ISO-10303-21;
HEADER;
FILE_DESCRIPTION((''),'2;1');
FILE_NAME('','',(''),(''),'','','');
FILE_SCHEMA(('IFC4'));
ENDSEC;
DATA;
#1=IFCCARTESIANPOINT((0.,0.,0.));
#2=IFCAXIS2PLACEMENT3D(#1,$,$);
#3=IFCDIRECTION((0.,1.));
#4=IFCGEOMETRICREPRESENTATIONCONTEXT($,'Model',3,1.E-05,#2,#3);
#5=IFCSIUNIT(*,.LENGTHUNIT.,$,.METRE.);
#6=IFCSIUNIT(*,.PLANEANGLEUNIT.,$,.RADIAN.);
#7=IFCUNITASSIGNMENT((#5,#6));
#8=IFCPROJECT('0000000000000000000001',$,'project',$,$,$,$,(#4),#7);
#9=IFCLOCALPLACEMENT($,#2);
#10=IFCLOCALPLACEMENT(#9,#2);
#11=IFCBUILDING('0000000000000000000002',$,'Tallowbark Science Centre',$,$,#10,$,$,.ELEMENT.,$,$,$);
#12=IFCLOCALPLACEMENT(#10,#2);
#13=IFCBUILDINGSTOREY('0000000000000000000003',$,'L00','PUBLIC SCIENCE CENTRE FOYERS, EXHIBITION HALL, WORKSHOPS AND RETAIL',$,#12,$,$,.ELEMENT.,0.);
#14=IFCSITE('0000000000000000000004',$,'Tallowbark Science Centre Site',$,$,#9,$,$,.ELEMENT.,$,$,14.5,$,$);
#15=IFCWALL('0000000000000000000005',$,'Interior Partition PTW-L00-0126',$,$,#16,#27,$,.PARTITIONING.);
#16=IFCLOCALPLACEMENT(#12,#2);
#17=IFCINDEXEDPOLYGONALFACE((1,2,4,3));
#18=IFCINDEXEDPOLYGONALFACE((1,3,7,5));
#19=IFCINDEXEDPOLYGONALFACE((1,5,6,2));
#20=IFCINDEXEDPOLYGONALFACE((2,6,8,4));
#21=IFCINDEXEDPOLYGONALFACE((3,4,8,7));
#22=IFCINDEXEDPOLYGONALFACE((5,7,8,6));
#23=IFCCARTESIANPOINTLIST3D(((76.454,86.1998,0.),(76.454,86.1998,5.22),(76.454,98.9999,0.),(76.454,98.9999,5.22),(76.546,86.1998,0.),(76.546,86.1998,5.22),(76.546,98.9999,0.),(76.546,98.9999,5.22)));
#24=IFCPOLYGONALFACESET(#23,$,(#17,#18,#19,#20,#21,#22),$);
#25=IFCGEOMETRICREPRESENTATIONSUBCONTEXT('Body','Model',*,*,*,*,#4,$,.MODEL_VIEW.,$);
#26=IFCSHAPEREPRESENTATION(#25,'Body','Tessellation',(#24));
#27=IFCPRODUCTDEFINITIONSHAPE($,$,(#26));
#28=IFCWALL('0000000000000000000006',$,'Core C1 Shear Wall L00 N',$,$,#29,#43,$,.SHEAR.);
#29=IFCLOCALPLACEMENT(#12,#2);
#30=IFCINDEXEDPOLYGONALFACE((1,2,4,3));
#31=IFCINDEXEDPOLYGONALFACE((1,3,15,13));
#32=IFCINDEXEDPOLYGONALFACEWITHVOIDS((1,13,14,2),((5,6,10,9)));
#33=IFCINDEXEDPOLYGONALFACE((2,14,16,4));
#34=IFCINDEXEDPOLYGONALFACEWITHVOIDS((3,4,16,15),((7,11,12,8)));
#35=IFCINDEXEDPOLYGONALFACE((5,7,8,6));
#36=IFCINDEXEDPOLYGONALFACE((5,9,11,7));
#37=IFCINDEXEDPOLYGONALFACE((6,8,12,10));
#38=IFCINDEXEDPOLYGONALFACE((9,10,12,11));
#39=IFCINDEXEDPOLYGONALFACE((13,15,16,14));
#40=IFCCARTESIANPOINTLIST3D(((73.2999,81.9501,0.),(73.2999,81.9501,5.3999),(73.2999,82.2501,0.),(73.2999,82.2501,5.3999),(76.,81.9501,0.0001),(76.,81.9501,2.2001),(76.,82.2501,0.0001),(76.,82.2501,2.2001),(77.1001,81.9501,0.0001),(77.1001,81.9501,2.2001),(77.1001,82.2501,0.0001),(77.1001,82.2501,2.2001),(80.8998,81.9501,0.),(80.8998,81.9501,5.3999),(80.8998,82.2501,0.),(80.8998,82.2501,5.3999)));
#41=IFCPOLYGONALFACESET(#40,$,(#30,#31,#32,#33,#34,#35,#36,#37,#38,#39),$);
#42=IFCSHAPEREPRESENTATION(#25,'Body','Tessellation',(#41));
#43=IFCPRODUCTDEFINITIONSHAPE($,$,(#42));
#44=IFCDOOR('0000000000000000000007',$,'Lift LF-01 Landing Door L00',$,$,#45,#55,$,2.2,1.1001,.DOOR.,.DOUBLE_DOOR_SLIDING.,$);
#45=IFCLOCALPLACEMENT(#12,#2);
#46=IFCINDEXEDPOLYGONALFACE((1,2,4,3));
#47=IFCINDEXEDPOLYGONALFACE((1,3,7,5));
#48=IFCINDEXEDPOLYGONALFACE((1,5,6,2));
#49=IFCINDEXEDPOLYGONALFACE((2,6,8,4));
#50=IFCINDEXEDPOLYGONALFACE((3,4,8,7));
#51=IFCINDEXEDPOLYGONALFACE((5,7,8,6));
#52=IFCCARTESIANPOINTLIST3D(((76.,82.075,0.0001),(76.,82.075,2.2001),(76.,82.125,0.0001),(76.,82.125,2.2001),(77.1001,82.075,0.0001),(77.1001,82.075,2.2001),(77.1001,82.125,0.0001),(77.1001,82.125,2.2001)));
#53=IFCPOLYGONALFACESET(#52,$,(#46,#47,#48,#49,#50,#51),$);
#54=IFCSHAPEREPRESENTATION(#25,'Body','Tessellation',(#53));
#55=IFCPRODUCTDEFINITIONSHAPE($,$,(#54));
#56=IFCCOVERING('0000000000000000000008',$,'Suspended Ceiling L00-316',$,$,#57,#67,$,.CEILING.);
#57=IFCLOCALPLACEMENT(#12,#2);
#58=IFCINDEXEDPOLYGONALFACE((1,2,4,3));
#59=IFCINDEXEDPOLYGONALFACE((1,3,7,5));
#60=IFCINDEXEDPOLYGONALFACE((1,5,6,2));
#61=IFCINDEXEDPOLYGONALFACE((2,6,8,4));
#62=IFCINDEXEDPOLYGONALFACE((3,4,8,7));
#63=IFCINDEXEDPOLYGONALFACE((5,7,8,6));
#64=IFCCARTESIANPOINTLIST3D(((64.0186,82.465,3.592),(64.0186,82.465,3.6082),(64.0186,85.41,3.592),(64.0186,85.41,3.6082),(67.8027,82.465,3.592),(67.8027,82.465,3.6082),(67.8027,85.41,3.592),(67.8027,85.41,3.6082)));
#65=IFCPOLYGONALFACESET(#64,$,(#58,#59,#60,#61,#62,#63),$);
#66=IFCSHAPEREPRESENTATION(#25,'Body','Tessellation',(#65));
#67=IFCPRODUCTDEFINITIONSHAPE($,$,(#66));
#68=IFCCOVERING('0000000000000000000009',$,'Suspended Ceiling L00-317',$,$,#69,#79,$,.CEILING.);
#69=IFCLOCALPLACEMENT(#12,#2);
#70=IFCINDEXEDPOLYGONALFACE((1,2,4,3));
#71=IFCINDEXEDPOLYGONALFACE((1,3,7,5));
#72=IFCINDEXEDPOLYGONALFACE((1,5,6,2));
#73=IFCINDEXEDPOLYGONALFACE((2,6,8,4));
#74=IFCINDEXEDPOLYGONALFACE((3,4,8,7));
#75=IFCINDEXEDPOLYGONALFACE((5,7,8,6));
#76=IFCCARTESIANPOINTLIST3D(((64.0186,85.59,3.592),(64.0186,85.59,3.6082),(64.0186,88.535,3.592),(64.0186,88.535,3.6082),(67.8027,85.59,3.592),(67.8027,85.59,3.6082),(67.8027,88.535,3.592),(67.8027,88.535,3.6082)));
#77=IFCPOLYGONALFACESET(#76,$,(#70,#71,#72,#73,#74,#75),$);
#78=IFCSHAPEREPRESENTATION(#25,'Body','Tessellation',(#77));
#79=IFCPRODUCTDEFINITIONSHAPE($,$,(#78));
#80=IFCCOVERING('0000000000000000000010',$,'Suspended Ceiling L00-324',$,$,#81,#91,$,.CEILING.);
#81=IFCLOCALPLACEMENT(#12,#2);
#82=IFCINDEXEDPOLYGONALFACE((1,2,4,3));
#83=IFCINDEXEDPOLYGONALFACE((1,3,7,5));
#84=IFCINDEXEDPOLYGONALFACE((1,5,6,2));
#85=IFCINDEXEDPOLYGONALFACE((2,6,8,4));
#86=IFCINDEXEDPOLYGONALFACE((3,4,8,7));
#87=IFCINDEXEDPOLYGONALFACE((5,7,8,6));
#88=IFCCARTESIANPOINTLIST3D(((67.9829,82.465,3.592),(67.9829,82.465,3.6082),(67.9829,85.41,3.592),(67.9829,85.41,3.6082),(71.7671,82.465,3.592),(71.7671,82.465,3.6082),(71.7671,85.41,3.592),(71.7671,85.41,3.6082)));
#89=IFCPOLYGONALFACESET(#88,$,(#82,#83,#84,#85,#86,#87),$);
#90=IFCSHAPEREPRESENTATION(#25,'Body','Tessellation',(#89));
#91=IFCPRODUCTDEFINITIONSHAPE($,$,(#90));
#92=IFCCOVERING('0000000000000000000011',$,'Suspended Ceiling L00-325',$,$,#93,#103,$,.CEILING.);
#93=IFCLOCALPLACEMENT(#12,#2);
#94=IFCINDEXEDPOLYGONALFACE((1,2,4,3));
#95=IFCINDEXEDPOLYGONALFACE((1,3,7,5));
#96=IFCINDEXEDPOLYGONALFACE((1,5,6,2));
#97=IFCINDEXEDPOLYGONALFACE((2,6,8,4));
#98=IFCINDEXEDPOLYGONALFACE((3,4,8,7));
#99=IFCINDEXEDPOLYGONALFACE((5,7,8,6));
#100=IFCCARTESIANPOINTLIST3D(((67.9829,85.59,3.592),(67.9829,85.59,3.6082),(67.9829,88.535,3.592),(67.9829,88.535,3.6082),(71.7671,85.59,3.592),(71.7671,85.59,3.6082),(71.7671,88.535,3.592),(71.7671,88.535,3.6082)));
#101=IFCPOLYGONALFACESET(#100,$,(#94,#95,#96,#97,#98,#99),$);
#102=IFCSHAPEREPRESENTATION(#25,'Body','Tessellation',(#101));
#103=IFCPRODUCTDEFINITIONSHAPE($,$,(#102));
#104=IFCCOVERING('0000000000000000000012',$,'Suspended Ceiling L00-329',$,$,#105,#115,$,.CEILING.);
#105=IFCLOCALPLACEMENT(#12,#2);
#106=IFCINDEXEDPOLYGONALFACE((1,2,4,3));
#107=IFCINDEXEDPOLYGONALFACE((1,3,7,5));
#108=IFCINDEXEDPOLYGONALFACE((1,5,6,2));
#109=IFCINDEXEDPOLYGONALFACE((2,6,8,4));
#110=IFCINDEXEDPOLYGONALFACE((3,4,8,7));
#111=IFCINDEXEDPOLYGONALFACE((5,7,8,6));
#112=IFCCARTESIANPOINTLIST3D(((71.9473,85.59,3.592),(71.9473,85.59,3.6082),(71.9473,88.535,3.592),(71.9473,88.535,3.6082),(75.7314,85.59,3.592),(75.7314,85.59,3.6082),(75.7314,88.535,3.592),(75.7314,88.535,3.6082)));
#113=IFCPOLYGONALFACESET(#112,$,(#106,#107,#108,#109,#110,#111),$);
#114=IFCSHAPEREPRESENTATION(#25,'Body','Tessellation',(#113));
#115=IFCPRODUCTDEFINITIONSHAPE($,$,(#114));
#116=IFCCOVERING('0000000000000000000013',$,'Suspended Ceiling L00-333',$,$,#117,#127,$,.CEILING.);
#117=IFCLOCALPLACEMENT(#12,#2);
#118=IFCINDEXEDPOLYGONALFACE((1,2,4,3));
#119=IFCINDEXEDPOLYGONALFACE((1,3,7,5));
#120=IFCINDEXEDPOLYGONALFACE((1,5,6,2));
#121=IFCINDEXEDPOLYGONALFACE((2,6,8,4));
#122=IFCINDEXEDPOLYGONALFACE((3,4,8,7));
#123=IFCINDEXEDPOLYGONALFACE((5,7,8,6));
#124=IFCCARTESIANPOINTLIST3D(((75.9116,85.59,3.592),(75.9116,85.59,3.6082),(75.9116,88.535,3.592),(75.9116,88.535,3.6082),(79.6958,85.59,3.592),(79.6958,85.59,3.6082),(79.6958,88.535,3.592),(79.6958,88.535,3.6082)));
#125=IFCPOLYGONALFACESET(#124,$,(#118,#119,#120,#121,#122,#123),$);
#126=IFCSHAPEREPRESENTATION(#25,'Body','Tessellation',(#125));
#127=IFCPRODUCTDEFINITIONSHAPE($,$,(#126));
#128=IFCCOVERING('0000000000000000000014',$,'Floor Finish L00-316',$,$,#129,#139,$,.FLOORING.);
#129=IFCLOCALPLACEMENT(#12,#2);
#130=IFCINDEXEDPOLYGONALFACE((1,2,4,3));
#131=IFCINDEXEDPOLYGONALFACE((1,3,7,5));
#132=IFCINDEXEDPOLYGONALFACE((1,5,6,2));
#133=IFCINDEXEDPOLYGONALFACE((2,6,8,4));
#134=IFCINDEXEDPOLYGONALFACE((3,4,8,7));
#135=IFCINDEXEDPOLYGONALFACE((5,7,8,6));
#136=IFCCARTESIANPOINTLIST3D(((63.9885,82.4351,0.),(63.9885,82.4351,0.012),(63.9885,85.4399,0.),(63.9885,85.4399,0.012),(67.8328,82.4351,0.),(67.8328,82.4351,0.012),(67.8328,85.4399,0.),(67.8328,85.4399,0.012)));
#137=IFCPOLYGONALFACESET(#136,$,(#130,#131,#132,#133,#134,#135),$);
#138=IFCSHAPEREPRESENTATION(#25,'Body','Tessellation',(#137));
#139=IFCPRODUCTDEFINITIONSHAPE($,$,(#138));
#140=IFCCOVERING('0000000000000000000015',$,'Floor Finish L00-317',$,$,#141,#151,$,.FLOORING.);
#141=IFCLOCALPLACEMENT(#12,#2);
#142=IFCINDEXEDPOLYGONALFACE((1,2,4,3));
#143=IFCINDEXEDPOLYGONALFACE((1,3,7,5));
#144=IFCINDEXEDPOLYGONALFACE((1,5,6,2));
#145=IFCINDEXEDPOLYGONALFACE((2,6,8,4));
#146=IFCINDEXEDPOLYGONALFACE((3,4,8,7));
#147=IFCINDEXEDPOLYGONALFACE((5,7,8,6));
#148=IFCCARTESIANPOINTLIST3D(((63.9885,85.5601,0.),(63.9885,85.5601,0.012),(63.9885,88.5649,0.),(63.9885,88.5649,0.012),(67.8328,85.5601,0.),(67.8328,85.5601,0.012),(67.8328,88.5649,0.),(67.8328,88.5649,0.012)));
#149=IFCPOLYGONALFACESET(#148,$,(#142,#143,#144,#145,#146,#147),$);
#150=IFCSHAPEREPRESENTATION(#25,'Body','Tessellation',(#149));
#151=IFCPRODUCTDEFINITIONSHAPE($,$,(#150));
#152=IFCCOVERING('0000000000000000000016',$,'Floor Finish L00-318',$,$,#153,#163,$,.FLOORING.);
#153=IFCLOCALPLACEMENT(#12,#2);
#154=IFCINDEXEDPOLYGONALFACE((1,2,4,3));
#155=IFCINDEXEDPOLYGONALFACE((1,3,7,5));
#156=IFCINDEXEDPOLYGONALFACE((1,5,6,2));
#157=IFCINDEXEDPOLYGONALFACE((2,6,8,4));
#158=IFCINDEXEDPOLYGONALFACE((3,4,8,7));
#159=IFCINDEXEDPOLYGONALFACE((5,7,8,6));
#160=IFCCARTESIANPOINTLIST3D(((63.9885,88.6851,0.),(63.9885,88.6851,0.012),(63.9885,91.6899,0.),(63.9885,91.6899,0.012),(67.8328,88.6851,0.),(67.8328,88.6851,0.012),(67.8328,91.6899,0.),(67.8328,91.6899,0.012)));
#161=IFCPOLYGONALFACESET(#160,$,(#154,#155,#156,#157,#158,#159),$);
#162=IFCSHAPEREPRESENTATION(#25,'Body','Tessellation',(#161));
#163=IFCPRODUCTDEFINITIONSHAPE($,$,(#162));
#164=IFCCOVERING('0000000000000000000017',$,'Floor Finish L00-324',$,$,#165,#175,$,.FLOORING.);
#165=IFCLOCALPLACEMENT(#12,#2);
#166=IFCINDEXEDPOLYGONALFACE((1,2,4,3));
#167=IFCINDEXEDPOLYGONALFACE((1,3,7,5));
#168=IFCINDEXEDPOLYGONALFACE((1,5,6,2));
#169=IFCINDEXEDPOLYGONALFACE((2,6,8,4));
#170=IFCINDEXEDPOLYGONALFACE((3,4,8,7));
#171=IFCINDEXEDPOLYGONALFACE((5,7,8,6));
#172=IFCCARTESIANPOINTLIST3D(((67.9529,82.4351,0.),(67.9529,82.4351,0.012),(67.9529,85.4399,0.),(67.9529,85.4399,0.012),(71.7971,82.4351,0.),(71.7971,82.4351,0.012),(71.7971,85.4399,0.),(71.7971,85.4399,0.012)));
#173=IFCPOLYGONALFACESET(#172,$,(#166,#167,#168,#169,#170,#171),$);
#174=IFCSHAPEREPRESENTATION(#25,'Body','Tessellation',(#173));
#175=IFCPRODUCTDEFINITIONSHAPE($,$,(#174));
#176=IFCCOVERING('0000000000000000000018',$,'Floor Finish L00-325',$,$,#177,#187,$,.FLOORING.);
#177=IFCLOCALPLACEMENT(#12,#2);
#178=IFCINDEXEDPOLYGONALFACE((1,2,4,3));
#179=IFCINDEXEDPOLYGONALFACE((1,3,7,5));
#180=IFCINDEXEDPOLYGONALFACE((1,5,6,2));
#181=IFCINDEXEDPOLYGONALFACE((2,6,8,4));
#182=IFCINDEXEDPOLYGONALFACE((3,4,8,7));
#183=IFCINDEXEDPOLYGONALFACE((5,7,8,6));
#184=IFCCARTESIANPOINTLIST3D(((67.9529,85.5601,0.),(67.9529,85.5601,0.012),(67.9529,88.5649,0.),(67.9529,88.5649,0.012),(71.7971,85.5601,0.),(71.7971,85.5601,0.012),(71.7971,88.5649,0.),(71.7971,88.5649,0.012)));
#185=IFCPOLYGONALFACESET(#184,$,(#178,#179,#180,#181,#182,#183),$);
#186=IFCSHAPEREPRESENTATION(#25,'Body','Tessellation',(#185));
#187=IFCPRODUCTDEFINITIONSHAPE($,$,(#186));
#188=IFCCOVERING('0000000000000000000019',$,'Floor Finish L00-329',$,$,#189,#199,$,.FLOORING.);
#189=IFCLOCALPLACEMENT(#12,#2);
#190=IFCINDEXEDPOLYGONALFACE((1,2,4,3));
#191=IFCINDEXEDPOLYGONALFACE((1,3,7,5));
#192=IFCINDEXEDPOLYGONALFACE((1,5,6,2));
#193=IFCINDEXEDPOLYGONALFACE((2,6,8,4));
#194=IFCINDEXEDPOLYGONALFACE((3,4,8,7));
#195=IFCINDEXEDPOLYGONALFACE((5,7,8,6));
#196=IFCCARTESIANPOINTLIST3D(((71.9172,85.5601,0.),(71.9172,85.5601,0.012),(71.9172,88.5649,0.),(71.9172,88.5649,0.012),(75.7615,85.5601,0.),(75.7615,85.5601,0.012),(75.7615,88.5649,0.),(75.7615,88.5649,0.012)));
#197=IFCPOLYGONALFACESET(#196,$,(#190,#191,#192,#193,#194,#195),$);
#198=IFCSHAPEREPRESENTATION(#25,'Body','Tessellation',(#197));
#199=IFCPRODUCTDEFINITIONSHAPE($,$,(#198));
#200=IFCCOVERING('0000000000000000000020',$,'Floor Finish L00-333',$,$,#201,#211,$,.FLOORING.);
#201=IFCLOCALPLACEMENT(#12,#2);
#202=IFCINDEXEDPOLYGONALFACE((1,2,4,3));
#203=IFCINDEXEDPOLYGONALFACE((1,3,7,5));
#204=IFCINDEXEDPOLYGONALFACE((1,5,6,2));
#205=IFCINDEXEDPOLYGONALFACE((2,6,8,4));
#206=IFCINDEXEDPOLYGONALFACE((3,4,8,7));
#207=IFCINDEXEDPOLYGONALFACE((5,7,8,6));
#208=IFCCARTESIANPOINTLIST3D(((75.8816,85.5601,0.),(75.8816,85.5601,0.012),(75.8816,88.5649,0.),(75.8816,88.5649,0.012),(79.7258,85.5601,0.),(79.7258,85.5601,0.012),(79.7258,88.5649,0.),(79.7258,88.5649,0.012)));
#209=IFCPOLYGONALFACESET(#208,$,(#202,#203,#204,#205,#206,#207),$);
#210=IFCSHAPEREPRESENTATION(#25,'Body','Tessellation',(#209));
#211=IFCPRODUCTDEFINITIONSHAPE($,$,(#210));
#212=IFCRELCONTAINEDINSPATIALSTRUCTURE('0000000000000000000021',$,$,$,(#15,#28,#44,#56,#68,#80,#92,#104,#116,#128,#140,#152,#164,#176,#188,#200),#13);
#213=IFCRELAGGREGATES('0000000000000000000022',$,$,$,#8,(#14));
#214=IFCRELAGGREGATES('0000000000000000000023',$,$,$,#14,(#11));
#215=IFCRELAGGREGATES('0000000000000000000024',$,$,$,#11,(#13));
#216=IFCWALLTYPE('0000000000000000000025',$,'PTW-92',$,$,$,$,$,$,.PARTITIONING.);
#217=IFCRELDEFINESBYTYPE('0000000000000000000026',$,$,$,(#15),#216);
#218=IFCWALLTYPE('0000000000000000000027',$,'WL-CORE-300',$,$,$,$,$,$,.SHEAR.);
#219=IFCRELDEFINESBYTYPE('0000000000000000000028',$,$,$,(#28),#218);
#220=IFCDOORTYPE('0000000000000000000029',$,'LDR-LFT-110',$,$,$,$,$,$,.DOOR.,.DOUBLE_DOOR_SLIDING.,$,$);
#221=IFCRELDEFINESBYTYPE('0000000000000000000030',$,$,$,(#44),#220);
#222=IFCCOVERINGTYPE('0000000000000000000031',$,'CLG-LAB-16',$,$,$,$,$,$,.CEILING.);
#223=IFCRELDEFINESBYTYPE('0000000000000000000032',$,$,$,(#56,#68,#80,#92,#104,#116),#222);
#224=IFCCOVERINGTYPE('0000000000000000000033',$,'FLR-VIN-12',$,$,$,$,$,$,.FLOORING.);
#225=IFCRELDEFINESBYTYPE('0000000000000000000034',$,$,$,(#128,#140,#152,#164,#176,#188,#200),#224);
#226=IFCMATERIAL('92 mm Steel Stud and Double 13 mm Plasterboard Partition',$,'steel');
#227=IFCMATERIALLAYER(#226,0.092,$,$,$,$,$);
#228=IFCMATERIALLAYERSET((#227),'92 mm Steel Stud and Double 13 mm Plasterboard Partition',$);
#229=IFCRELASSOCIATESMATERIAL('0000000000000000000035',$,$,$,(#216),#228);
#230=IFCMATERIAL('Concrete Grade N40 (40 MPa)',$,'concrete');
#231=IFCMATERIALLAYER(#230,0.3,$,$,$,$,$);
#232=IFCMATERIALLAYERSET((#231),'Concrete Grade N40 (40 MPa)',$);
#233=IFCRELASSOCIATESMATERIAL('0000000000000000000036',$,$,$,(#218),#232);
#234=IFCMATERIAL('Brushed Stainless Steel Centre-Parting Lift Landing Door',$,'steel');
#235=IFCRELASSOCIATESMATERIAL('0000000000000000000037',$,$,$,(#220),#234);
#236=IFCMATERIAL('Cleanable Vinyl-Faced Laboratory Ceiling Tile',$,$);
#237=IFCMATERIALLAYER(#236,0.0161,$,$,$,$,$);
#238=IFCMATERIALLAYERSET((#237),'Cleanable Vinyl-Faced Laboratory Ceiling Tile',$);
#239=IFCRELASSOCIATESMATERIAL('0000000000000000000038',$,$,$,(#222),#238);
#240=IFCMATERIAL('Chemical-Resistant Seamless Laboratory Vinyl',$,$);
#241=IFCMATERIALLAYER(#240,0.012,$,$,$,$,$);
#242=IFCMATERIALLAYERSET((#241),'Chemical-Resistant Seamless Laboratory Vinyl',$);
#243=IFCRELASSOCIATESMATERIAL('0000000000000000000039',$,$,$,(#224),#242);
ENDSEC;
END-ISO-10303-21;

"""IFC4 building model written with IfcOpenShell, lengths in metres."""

from ifc_helpers import new_model, si_unit, direction, frame, frame_2d, origin, origin_2d, place, context, subcontext, project, spatial, rectangle, extrude, material, layer, layer_set, type_object, element, fill, save


model = new_model("IFC4")

# Units and contexts
model_context = context("Model", 3, precision=1e-05, world=origin(), true_north=direction((0.0, 1.0)))
body_context = subcontext(model_context, "Body", "Model", "MODEL_VIEW")
ifc_project = project(units=[si_unit("LENGTHUNIT", "METRE"), si_unit("PLANEANGLEUNIT", "RADIAN")], contexts=[model_context])

# Site, building, storey
site_placement = place(None, origin())
site = spatial("IfcSite", under=ifc_project, at=site_placement, Name="Tallowbark Science Centre Site", CompositionType="ELEMENT", RefElevation=14.5)
building_placement = place(site_placement, origin())
building = spatial("IfcBuilding", under=site, at=building_placement, Name="Tallowbark Science Centre", CompositionType="ELEMENT")
storey_placement = place(building_placement, origin())
storey = spatial("IfcBuildingStorey", under=building, at=storey_placement, Name="L00", Description="PUBLIC SCIENCE CENTRE FOYERS, EXHIBITION HALL, WORKSHOPS AND RETAIL", CompositionType="ELEMENT", Elevation=0.0)

# Wall
ifc_material_1 = material(Name="92 mm Steel Stud and Double 13 mm Plasterboard Partition", Category="steel")
ifc_layer_1 = layer(ifc_material_1, 0.092)
ifc_layer_set_1 = layer_set([ifc_layer_1], Name="92 mm Steel Stud and Double 13 mm Plasterboard Partition")
wall_type_1 = type_object("IfcWallType", Name="PTW-92", PredefinedType="PARTITIONING", material=ifc_layer_set_1)
wall_1_placement = place(storey_placement, frame((76.5, 86.2, 0.0), z_axis=(0.0, 0.0, 1.0), x_axis=(0.0, 1.0, 0.0)))
element("IfcWall", 1, at=wall_1_placement, inside=storey, type_object=wall_type_1, Name="Interior Partition PTW-L00-0126", PredefinedType="PARTITIONING", context=body_context, shape_type="SweptSolid", body=[
    extrude(rectangle(XDim=12.8, YDim=0.092, at=frame_2d((6.3999, 0.0))), origin(), (0.0, 0.0, 1.0), 5.22),
])

# Wall, opening, door
ifc_material_2 = material(Name="Concrete Grade N40 (40 MPa)", Category="concrete")
ifc_layer_2 = layer(ifc_material_2, 0.3)
ifc_layer_set_2 = layer_set([ifc_layer_2], Name="Concrete Grade N40 (40 MPa)")
wall_type_2 = type_object("IfcWallType", Name="WL-CORE-300", PredefinedType="SHEAR", material=ifc_layer_set_2)
wall_2_placement = place(storey_placement, frame((73.3, 82.1001, 0.0), z_axis=(0.0, 0.0, 1.0), x_axis=(1.0, 0.0, 0.0)))
wall_2 = element("IfcWall", 2, at=wall_2_placement, inside=storey, type_object=wall_type_2, Name="Core C1 Shear Wall L00 N", PredefinedType="SHEAR", context=body_context, shape_type="SweptSolid", body=[
    extrude(rectangle(XDim=7.5999, YDim=0.3, at=frame_2d((3.7998, 0.0))), origin(), (0.0, 0.0, 1.0), 5.3999),
])
opening_1_placement = place(wall_2_placement, frame((2.7, 0.0, 0.0)))
opening_1 = element("IfcOpeningElement", 3, at=opening_1_placement, cuts=wall_2, PredefinedType="OPENING", context=body_context, shape_type="SweptSolid", body=[
    extrude(rectangle(XDim=1.1001, YDim=2.2, at=frame_2d((0.55, 1.1001))), frame((0.0, 0.1602, 0.0), z_axis=(0.0, -1.0, 0.0), x_axis=(1.0, 0.0, 0.0)), (0.0, 0.0, 1.0), 0.3201),
])
ifc_material_3 = material(Name="Brushed Stainless Steel Centre-Parting Lift Landing Door", Category="steel")
door_type_1 = type_object("IfcDoorType", Name="LDR-LFT-110", OperationType="DOUBLE_DOOR_SLIDING", PredefinedType="DOOR", material=ifc_material_3)
door_1_placement = place(opening_1_placement, origin())
door_1 = element("IfcDoor", 4, at=door_1_placement, inside=storey, type_object=door_type_1, Name="Lift LF-01 Landing Door L00", OperationType="DOUBLE_DOOR_SLIDING", OverallHeight=2.2, OverallWidth=1.1001, PredefinedType="DOOR", context=body_context, shape_type="SweptSolid", body=[
    extrude(rectangle(XDim=1.1001, YDim=2.2, at=frame_2d((0.55, 1.1001))), frame((0.0, 0.0249, 0.0), z_axis=(0.0, -1.0, 0.0), x_axis=(1.0, 0.0, 0.0)), (0.0, 0.0, 1.0), 0.05),
])
fill(opening_1, door_1)

# Coverings
ifc_material_4 = material(Name="Cleanable Vinyl-Faced Laboratory Ceiling Tile")
ifc_layer_3 = layer(ifc_material_4, 0.0161)
ifc_layer_set_3 = layer_set([ifc_layer_3], Name="Cleanable Vinyl-Faced Laboratory Ceiling Tile")
covering_type_1 = type_object("IfcCoveringType", Name="CLG-LAB-16", PredefinedType="CEILING", material=ifc_layer_set_3)
for number, where, z_axis, x_axis, name in (
    (5, (65.9106, 83.9375, 3.592), (0.0, 0.0, 1.0), (1.0, 0.0, 0.0), "Suspended Ceiling L00-316"),
    (6, (65.9106, 87.0625, 3.592), (0.0, 0.0, 1.0), (1.0, 0.0, 0.0), "Suspended Ceiling L00-317"),
    (7, (69.875, 83.9375, 3.592), (0.0, 0.0, 1.0), (1.0, 0.0, 0.0), "Suspended Ceiling L00-324"),
    (8, (69.875, 87.0625, 3.592), (0.0, 0.0, 1.0), (1.0, 0.0, 0.0), "Suspended Ceiling L00-325"),
    (9, (73.8394, 87.0625, 3.592), (0.0, 0.0, 1.0), (1.0, 0.0, 0.0), "Suspended Ceiling L00-329"),
    (10, (77.8037, 87.0625, 3.592), (0.0, 0.0, 1.0), (1.0, 0.0, 0.0), "Suspended Ceiling L00-333"),
):
    element("IfcCovering", number, at=place(storey_placement, frame(where, z_axis=z_axis, x_axis=x_axis)), inside=storey, type_object=covering_type_1, Name=name, PredefinedType="CEILING", context=body_context, shape_type="SweptSolid", body=[
        extrude(rectangle(XDim=3.7842, YDim=2.9451, at=origin_2d()), origin(), (0.0, 0.0, 1.0), 0.0161),
    ])
ifc_material_5 = material(Name="Chemical-Resistant Seamless Laboratory Vinyl")
ifc_layer_4 = layer(ifc_material_5, 0.012)
ifc_layer_set_4 = layer_set([ifc_layer_4], Name="Chemical-Resistant Seamless Laboratory Vinyl")
covering_type_2 = type_object("IfcCoveringType", Name="FLR-VIN-12", PredefinedType="FLOORING", material=ifc_layer_set_4)
for number, where, z_axis, x_axis, name in (
    (11, (65.9106, 83.9375, 0.0), (0.0, 0.0, 1.0), (1.0, 0.0, 0.0), "Floor Finish L00-316"),
    (12, (65.9106, 87.0625, 0.0), (0.0, 0.0, 1.0), (1.0, 0.0, 0.0), "Floor Finish L00-317"),
    (13, (65.9106, 90.1875, 0.0), (0.0, 0.0, 1.0), (1.0, 0.0, 0.0), "Floor Finish L00-318"),
    (14, (69.875, 83.9375, 0.0), (0.0, 0.0, 1.0), (1.0, 0.0, 0.0), "Floor Finish L00-324"),
    (15, (69.875, 87.0625, 0.0), (0.0, 0.0, 1.0), (1.0, 0.0, 0.0), "Floor Finish L00-325"),
    (16, (73.8394, 87.0625, 0.0), (0.0, 0.0, 1.0), (1.0, 0.0, 0.0), "Floor Finish L00-329"),
    (17, (77.8037, 87.0625, 0.0), (0.0, 0.0, 1.0), (1.0, 0.0, 0.0), "Floor Finish L00-333"),
):
    element("IfcCovering", number, at=place(storey_placement, frame(where, z_axis=z_axis, x_axis=x_axis)), inside=storey, type_object=covering_type_2, Name=name, PredefinedType="FLOORING", context=body_context, shape_type="SweptSolid", body=[
        extrude(rectangle(XDim=3.8442, YDim=3.0049, at=origin_2d()), origin(), (0.0, 0.0, 1.0), 0.012),
    ])

save(model, "model.ifc")
